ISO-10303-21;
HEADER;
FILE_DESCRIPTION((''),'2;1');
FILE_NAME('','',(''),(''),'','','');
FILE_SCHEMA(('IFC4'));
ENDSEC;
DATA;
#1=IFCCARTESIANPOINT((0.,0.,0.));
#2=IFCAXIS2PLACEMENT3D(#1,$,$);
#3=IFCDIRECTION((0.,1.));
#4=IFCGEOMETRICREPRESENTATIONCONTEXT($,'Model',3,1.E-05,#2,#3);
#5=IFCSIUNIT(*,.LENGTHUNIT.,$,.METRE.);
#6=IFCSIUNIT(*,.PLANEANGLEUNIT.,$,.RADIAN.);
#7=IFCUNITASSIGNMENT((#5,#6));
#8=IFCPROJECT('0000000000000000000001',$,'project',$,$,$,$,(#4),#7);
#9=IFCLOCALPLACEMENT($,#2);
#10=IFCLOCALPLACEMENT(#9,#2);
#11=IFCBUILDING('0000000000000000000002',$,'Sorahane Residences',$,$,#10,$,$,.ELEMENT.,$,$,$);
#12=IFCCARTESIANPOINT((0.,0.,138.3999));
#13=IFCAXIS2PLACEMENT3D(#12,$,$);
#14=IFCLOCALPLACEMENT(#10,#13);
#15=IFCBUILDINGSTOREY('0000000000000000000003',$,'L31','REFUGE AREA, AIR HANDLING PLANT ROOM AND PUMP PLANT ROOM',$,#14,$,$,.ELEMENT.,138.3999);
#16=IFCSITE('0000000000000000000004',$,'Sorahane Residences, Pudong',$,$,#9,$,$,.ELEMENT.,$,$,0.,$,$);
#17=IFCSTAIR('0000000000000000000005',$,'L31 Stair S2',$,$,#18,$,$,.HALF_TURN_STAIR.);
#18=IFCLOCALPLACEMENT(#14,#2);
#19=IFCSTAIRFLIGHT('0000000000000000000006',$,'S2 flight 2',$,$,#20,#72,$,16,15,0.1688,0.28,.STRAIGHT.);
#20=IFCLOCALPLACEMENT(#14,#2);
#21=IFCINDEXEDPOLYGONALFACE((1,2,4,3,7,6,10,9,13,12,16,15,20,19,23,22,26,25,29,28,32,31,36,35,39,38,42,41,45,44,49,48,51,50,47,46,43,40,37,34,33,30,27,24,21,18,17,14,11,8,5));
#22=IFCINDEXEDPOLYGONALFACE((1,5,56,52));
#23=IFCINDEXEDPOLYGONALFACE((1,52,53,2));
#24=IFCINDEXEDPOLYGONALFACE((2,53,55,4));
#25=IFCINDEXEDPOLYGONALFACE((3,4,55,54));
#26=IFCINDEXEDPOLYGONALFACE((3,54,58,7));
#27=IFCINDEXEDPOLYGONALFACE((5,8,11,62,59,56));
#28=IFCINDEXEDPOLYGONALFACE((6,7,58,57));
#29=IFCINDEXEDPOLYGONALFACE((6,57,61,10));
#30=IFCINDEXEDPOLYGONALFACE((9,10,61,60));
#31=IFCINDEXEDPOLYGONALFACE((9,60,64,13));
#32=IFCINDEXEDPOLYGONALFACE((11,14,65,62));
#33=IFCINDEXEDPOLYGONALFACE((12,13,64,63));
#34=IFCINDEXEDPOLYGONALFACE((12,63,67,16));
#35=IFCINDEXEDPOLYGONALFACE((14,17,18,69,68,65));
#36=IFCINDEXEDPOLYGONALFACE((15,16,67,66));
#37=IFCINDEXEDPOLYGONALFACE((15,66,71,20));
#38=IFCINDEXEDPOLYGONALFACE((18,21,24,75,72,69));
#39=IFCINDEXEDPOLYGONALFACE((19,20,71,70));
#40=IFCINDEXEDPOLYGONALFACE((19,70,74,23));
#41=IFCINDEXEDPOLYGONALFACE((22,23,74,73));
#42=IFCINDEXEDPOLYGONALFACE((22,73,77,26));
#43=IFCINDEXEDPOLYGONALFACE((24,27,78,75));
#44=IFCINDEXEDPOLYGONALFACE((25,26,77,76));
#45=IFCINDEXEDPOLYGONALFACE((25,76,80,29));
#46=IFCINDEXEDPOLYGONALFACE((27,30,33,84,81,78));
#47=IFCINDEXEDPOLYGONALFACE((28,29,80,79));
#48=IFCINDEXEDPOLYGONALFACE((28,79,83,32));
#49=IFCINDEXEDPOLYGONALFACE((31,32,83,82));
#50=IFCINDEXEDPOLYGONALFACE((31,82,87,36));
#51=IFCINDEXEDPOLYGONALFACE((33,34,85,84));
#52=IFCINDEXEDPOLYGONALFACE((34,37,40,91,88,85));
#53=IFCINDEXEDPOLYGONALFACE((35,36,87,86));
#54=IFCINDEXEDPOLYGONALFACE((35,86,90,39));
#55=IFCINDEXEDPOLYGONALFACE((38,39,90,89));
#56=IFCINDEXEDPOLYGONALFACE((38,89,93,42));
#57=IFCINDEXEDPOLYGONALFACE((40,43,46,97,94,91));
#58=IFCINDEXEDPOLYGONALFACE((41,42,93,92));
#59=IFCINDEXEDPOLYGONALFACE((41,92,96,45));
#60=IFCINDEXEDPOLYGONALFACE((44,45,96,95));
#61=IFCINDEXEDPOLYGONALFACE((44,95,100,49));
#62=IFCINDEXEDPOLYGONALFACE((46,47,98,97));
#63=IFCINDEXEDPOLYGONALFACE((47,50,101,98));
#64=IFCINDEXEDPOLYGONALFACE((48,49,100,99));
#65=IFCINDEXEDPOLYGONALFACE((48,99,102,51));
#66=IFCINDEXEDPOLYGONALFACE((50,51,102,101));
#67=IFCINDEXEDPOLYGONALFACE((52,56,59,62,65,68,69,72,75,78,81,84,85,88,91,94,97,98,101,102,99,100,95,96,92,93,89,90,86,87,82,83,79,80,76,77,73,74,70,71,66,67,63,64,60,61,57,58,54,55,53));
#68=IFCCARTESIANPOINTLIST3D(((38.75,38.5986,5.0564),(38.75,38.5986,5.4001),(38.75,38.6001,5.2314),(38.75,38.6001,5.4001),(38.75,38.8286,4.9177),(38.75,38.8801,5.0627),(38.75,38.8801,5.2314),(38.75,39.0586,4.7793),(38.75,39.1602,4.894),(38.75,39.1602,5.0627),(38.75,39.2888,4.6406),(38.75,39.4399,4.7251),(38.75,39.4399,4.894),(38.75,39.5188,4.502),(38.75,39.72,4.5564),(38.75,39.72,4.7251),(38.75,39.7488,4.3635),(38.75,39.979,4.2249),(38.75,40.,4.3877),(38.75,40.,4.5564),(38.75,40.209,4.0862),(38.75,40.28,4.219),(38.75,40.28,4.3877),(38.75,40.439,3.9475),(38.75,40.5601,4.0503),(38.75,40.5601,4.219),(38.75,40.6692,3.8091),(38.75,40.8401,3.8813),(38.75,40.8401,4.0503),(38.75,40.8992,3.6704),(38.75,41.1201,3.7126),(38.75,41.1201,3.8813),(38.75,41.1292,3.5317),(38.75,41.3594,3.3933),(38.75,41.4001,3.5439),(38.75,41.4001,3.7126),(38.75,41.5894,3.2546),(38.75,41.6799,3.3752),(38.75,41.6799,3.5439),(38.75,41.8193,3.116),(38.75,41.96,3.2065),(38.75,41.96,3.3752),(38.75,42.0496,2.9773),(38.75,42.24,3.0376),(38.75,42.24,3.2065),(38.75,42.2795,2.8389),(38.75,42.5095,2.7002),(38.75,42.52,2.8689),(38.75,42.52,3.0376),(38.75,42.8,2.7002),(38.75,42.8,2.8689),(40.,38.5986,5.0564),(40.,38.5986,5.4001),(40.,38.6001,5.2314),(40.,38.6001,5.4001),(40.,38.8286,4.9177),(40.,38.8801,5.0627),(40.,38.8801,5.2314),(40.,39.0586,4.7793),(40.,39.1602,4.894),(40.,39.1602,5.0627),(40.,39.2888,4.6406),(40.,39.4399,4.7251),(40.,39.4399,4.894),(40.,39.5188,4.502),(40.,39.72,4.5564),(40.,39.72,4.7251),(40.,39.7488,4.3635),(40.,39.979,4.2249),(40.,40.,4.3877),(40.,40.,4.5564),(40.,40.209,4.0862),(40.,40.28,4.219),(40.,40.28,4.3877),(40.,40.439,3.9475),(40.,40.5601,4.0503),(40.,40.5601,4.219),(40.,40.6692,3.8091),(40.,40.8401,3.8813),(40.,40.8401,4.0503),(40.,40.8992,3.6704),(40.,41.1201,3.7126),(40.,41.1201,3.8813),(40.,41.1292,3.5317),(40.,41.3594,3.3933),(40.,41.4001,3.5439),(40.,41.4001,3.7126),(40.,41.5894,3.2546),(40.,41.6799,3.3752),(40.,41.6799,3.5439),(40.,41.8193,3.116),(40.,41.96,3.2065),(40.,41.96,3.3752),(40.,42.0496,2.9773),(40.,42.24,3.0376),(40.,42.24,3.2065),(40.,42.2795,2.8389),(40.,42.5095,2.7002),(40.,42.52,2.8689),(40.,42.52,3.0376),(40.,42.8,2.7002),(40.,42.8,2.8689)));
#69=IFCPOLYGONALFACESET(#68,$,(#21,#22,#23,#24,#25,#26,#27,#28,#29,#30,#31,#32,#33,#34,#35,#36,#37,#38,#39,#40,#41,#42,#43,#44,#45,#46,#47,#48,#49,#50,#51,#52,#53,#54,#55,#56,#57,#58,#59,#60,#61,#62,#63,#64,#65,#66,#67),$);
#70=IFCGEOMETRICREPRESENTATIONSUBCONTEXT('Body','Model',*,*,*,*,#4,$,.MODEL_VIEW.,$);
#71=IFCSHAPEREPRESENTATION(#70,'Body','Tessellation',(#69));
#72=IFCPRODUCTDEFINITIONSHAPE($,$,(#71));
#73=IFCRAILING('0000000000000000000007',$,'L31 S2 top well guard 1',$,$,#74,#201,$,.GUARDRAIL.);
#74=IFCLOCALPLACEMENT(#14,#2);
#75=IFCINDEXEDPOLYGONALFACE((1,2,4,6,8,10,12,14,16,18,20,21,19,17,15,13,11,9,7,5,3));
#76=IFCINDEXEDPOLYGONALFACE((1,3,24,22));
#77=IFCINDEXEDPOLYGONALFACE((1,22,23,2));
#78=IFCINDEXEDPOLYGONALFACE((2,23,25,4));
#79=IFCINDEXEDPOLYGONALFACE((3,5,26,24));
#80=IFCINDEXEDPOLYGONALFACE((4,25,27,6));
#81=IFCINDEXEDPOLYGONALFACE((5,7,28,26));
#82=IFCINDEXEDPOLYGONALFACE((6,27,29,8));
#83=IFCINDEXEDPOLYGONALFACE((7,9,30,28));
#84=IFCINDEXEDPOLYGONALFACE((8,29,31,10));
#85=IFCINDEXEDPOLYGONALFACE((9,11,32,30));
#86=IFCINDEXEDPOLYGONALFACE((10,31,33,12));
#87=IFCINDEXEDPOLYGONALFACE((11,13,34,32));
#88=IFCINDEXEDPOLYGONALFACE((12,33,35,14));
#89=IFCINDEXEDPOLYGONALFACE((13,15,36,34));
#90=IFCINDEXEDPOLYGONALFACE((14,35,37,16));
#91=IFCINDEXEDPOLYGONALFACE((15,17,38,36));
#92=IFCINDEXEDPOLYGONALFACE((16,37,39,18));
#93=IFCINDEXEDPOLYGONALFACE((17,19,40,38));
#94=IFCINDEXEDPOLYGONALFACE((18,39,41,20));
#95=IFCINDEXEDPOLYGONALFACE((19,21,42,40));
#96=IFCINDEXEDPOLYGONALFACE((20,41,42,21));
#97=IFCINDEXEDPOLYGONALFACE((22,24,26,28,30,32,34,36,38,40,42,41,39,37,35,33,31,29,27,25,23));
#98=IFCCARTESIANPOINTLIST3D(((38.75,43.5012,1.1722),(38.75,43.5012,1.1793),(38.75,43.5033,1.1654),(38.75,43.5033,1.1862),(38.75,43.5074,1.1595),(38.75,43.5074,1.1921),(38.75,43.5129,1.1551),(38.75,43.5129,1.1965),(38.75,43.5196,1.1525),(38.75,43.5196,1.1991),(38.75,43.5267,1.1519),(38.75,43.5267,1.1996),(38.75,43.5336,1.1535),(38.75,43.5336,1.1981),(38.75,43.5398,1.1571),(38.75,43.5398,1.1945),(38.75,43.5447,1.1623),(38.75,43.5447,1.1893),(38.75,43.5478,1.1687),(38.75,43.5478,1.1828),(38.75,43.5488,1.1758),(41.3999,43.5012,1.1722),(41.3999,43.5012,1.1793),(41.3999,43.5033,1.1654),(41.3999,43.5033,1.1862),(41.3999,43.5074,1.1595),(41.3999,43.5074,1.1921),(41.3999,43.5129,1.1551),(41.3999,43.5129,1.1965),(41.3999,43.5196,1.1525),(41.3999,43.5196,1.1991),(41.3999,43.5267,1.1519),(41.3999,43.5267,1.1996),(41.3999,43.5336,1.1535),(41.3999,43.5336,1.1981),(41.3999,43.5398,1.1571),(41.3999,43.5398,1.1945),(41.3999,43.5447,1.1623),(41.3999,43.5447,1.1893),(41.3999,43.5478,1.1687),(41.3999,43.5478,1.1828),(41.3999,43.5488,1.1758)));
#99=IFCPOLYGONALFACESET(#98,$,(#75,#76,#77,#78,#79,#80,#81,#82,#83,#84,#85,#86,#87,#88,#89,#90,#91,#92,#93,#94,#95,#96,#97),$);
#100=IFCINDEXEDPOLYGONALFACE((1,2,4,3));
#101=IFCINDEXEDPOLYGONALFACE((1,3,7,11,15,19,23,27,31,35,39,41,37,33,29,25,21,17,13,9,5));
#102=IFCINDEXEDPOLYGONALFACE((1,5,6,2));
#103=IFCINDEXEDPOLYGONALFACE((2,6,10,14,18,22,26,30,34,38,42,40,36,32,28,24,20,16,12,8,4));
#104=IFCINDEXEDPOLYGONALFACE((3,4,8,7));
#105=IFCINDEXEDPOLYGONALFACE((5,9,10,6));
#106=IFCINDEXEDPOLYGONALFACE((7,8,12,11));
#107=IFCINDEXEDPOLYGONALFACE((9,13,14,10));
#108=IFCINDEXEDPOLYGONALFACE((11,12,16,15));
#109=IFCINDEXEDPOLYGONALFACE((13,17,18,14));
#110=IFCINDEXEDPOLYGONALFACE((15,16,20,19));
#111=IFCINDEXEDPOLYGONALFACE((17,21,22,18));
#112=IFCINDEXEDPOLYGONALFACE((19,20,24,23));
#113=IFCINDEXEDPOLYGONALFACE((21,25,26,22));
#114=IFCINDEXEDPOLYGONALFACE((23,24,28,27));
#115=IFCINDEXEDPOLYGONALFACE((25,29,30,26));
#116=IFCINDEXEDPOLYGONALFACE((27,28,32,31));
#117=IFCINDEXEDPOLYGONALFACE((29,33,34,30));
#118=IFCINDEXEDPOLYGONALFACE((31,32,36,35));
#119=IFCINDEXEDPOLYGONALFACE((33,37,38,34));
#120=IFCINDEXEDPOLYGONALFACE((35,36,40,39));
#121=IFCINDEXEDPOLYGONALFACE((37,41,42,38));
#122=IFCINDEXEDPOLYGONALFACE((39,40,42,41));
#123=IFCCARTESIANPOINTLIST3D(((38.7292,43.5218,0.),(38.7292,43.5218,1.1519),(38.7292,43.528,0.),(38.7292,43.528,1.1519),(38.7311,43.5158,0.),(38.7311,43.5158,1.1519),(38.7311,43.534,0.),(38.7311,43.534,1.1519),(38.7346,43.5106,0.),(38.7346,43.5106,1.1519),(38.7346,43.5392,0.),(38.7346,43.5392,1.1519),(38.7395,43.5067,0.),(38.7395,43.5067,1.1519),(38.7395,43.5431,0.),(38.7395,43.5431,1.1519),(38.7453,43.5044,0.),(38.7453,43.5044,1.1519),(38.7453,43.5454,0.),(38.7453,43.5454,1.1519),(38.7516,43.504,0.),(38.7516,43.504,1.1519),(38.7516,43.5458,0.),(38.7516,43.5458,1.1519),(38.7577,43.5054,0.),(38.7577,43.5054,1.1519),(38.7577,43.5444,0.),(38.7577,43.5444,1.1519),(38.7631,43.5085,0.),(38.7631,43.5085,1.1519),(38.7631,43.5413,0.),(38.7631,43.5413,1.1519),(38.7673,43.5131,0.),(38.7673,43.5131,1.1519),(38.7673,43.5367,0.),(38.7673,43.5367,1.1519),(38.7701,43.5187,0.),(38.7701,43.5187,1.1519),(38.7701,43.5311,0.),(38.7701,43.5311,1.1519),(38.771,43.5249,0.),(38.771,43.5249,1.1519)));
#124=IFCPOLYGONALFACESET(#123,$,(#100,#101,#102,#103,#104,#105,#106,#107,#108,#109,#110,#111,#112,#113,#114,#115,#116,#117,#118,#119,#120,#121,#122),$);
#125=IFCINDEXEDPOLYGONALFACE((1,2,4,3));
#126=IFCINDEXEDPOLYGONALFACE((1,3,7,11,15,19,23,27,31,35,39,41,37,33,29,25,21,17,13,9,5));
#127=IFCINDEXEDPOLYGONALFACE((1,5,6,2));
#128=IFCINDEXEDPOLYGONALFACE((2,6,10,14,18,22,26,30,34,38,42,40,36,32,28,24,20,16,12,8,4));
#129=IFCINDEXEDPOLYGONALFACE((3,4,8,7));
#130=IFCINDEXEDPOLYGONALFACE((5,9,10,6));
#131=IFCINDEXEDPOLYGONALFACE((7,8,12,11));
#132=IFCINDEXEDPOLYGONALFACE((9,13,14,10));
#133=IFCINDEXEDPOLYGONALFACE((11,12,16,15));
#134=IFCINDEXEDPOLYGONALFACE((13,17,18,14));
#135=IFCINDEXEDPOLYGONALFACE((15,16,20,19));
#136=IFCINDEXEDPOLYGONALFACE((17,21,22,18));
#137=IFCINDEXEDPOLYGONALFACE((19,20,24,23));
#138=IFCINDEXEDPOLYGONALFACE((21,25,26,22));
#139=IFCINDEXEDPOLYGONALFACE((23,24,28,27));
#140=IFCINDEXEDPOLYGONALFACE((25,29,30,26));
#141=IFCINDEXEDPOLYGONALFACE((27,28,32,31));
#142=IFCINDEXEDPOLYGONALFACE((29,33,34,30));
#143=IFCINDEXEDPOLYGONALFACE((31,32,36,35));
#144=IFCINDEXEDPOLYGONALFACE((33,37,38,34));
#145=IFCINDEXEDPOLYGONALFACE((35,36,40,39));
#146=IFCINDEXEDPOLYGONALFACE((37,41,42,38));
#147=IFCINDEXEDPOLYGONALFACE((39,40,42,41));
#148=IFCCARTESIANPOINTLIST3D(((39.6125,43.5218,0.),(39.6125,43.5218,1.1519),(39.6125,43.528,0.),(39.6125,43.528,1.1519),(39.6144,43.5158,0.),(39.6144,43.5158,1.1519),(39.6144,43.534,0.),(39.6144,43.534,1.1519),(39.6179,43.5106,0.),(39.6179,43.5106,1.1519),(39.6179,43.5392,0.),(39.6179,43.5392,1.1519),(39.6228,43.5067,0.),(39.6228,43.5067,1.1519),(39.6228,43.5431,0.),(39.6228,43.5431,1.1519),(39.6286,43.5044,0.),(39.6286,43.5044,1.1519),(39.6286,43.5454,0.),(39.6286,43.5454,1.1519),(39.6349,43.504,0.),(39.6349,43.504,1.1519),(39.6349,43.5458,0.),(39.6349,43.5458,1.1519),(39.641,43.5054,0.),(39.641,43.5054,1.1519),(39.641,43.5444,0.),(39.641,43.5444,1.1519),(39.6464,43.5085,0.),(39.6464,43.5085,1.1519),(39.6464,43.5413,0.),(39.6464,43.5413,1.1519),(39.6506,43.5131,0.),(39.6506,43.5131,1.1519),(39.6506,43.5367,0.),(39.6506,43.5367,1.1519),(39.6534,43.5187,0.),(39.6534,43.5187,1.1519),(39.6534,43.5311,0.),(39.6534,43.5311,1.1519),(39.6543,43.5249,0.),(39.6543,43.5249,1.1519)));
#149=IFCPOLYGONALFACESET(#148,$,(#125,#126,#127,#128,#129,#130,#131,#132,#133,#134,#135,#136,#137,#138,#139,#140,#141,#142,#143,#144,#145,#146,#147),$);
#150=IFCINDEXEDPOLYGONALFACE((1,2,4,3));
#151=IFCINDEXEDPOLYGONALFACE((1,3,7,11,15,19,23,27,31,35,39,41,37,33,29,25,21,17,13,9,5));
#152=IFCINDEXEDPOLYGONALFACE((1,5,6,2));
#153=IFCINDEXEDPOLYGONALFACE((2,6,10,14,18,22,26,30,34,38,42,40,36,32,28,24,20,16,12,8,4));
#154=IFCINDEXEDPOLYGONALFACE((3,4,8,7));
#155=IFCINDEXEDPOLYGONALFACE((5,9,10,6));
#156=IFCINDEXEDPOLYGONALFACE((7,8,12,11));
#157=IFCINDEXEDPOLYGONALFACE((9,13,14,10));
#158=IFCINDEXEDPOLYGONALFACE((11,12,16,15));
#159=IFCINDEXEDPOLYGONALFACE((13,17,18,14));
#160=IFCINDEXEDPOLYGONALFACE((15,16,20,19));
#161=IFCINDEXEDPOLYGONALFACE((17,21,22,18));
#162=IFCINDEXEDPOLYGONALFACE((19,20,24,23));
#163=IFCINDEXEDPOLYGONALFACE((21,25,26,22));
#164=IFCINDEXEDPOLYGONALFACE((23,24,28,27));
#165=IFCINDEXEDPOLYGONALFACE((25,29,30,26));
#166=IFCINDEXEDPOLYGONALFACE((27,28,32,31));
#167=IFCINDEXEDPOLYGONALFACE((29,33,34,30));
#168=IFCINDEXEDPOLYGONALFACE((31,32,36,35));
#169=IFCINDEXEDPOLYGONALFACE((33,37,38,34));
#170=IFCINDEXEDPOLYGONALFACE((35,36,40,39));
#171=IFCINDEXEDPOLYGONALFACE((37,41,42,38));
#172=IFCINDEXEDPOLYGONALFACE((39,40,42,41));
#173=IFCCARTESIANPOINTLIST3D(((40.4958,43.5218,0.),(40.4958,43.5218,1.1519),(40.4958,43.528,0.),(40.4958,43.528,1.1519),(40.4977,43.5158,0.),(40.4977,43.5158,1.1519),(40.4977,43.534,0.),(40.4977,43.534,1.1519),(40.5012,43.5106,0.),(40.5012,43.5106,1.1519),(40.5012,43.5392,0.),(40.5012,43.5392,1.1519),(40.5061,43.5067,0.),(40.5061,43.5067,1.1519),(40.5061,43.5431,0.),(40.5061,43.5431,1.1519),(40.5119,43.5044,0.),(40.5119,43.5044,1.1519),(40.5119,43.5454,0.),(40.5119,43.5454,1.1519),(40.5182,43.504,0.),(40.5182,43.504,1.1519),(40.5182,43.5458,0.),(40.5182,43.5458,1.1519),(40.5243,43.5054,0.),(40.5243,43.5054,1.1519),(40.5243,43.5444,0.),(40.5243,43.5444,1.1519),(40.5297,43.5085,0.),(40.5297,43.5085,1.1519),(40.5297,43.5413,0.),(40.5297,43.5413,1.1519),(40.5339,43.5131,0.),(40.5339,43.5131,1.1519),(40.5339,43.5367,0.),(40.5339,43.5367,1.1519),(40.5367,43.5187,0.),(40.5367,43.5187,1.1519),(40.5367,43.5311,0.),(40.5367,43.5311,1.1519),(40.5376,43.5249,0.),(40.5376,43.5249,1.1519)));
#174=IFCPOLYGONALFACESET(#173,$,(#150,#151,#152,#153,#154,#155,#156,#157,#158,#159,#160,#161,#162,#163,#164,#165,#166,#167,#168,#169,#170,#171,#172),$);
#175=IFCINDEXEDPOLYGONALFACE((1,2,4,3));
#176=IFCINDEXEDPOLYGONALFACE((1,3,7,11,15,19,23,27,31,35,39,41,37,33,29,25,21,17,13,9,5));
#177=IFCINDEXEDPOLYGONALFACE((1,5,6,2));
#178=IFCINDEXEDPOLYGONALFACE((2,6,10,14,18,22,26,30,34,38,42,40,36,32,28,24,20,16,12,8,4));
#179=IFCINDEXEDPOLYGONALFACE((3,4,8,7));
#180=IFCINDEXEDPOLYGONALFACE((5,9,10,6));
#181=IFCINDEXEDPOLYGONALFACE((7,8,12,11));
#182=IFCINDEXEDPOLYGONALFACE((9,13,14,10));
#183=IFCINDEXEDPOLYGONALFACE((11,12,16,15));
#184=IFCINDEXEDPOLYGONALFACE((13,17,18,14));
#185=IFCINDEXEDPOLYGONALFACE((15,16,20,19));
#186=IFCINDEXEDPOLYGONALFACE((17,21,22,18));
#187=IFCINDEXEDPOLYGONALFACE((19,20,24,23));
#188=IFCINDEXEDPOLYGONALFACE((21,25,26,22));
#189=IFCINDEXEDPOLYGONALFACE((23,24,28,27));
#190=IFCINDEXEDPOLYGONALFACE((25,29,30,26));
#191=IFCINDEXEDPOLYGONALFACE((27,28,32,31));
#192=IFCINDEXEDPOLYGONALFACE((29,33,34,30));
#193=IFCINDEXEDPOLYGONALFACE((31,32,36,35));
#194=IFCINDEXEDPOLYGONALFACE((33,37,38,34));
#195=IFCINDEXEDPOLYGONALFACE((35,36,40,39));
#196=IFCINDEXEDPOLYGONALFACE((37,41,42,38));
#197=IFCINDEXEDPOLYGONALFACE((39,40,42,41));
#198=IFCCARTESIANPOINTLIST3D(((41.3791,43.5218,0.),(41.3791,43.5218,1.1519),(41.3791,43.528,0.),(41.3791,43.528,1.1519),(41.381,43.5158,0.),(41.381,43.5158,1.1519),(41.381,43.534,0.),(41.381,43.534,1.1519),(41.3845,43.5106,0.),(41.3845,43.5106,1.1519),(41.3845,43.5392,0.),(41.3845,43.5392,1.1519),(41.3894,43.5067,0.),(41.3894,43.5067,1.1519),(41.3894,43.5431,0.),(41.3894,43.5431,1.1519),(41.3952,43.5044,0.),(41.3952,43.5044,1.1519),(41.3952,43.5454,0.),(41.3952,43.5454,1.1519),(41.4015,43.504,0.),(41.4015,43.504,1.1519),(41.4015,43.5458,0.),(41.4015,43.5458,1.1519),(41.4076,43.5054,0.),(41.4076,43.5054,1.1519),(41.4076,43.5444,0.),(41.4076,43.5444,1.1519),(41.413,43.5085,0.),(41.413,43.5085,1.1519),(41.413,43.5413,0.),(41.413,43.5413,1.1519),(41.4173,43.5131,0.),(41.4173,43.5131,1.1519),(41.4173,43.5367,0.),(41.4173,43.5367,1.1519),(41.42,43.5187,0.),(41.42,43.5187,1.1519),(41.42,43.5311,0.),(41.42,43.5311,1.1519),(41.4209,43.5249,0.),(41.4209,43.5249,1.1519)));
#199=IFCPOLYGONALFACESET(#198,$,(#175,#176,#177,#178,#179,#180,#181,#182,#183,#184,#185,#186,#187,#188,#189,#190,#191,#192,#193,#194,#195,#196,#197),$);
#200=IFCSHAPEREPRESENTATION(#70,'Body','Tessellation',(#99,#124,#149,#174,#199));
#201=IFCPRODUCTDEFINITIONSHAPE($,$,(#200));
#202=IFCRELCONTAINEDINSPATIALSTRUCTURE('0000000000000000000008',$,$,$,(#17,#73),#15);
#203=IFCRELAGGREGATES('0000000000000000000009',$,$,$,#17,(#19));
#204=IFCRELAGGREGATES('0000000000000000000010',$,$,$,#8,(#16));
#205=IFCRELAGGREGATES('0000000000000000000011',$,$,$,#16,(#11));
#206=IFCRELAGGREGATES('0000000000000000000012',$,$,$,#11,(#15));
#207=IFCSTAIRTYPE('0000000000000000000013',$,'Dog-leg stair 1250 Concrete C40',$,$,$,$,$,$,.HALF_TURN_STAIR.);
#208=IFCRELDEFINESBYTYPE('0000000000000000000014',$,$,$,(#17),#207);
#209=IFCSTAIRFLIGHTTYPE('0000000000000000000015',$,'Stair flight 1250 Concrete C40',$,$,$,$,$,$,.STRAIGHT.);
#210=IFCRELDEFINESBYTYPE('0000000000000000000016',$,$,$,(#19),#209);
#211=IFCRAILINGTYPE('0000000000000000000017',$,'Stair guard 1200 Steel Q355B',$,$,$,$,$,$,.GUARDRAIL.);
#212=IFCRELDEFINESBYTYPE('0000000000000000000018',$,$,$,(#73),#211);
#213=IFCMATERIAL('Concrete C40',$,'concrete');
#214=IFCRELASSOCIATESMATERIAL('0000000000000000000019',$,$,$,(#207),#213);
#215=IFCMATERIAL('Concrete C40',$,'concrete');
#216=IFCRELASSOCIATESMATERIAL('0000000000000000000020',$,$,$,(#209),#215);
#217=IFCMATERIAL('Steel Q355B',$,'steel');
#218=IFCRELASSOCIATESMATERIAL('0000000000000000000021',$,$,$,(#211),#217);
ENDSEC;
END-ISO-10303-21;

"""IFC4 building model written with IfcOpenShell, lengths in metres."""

from ifc_helpers import new_model, si_unit, direction, frame, origin, origin_2d, place, context, subcontext, project, spatial, polyline, circle, outline, extrude, material, type_object, element, aggregate, save


model = new_model("IFC4")

# Units and contexts
model_context = context("Model", 3, precision=1e-05, world=origin(), true_north=direction((0.0, 1.0)))
body_context = subcontext(model_context, "Body", "Model", "MODEL_VIEW")
ifc_project = project(units=[si_unit("LENGTHUNIT", "METRE"), si_unit("PLANEANGLEUNIT", "RADIAN")], contexts=[model_context])

# Site, building, storey
site_placement = place(None, origin())
site = spatial("IfcSite", under=ifc_project, at=site_placement, Name="Sorahane Residences, Pudong", CompositionType="ELEMENT", RefElevation=0.0)
building_placement = place(site_placement, origin())
building = spatial("IfcBuilding", under=site, at=building_placement, Name="Sorahane Residences", CompositionType="ELEMENT")
storey_placement = place(building_placement, frame((0.0, 0.0, 138.3999)))
storey = spatial("IfcBuildingStorey", under=building, at=storey_placement, Name="L31", Description="REFUGE AREA, AIR HANDLING PLANT ROOM AND PUMP PLANT ROOM", CompositionType="ELEMENT", Elevation=138.3999)

# Stair, stair flight
ifc_material_1 = material(Name="Concrete C40", Category="concrete")
stair_type = type_object("IfcStairType", Name="Dog-leg stair 1250 Concrete C40", PredefinedType="HALF_TURN_STAIR", material=ifc_material_1)
stair_placement = place(storey_placement, origin())
stair = element("IfcStair", 1, at=stair_placement, inside=storey, type_object=stair_type, Name="L31 Stair S2", PredefinedType="HALF_TURN_STAIR")
ifc_material_2 = material(Name="Concrete C40", Category="concrete")
stair_flight_type = type_object("IfcStairFlightType", Name="Stair flight 1250 Concrete C40", PredefinedType="STRAIGHT", material=ifc_material_2)
stair_flight_placement = place(storey_placement, frame((39.375, 42.8, 2.7002), z_axis=(0.0, 0.0, 1.0), x_axis=(0.0, -1.0, 0.0)))
stair_flight = element("IfcStairFlight", 2, at=stair_flight_placement, type_object=stair_flight_type, Name="S2 flight 2", NumberOfRisers=16, NumberOfTreads=15, PredefinedType="STRAIGHT", RiserHeight=0.1688, TreadLength=0.28, context=body_context, shape_type="SweptSolid", body=[
    extrude(outline(polyline([(0.0, 0.0), (0.0, 0.1687), (0.28, 0.1687), (0.28, 0.3374), (0.5601, 0.3374), (0.5601, 0.5063), (0.8401, 0.5063), (0.8401, 0.675), (1.1201, 0.675), (1.1201, 0.8438), (1.3999, 0.8438), (1.3999, 1.0125), (1.6799, 1.0125), (1.6799, 1.1812), (1.96, 1.1812), (1.96, 1.3501), (2.24, 1.3501), (2.24, 1.5188), (2.52, 1.5188), (2.52, 1.6875), (2.8, 1.6875), (2.8, 1.8562), (3.0801, 1.8562), (3.0801, 2.0249), (3.3601, 2.0249), (3.3601, 2.1938), (3.6399, 2.1938), (3.6399, 2.3625), (3.9199, 2.3625), (3.9199, 2.5312), (4.2, 2.5312), (4.2, 2.7), (4.2014, 2.7), (4.2014, 2.3562), (3.9714, 2.2175), (3.7415, 2.0791), (3.5112, 1.9404), (3.2812, 1.8018), (3.0513, 1.6633), (2.821, 1.5247), (2.5911, 1.386), (2.3611, 1.2473), (2.1309, 1.1089), (1.9009, 0.9702), (1.6709, 0.8315), (1.4407, 0.6931), (1.2107, 0.5544), (0.9807, 0.4158), (0.7505, 0.2771), (0.5205, 0.1387), (0.2905, 0.0), (0.0, 0.0)])), frame((0.0, 0.625, 0.0), z_axis=(0.0, -1.0, 0.0), x_axis=(1.0, 0.0, 0.0)), (0.0, 0.0, 1.0), 1.25),
])
aggregate(stair, [stair_flight])

# Railing
ifc_material_3 = material(Name="Steel Q355B", Category="steel")
railing_type = type_object("IfcRailingType", Name="Stair guard 1200 Steel Q355B", PredefinedType="GUARDRAIL", material=ifc_material_3)
railing_1_placement = place(storey_placement, frame((38.75, 43.5249, 0.0)))
element("IfcRailing", 3, at=railing_1_placement, inside=storey, type_object=railing_type, Name="L31 S2 top well guard 1", PredefinedType="GUARDRAIL", context=body_context, shape_type="SweptSolid", body=[
    extrude(circle(Radius=0.0239, at=origin_2d()), frame((0.0, 0.0, 1.1758), z_axis=(1.0, 0.0, 0.0), x_axis=(0.0, 1.0, 0.0)), (0.0, 0.0, 1.0), 2.6499),
    extrude(circle(Radius=0.021, at=origin_2d()), origin(), (0.0, 0.0, 1.0), 1.1519),
    extrude(circle(Radius=0.021, at=origin_2d()), frame((0.8833, 0.0, 0.0)), (0.0, 0.0, 1.0), 1.1519),
    extrude(circle(Radius=0.021, at=origin_2d()), frame((1.7666, 0.0, 0.0)), (0.0, 0.0, 1.0), 1.1519),
    extrude(circle(Radius=0.021, at=origin_2d()), frame((2.6499, 0.0, 0.0)), (0.0, 0.0, 1.0), 1.1519),
])

save(model, "model.ifc")
